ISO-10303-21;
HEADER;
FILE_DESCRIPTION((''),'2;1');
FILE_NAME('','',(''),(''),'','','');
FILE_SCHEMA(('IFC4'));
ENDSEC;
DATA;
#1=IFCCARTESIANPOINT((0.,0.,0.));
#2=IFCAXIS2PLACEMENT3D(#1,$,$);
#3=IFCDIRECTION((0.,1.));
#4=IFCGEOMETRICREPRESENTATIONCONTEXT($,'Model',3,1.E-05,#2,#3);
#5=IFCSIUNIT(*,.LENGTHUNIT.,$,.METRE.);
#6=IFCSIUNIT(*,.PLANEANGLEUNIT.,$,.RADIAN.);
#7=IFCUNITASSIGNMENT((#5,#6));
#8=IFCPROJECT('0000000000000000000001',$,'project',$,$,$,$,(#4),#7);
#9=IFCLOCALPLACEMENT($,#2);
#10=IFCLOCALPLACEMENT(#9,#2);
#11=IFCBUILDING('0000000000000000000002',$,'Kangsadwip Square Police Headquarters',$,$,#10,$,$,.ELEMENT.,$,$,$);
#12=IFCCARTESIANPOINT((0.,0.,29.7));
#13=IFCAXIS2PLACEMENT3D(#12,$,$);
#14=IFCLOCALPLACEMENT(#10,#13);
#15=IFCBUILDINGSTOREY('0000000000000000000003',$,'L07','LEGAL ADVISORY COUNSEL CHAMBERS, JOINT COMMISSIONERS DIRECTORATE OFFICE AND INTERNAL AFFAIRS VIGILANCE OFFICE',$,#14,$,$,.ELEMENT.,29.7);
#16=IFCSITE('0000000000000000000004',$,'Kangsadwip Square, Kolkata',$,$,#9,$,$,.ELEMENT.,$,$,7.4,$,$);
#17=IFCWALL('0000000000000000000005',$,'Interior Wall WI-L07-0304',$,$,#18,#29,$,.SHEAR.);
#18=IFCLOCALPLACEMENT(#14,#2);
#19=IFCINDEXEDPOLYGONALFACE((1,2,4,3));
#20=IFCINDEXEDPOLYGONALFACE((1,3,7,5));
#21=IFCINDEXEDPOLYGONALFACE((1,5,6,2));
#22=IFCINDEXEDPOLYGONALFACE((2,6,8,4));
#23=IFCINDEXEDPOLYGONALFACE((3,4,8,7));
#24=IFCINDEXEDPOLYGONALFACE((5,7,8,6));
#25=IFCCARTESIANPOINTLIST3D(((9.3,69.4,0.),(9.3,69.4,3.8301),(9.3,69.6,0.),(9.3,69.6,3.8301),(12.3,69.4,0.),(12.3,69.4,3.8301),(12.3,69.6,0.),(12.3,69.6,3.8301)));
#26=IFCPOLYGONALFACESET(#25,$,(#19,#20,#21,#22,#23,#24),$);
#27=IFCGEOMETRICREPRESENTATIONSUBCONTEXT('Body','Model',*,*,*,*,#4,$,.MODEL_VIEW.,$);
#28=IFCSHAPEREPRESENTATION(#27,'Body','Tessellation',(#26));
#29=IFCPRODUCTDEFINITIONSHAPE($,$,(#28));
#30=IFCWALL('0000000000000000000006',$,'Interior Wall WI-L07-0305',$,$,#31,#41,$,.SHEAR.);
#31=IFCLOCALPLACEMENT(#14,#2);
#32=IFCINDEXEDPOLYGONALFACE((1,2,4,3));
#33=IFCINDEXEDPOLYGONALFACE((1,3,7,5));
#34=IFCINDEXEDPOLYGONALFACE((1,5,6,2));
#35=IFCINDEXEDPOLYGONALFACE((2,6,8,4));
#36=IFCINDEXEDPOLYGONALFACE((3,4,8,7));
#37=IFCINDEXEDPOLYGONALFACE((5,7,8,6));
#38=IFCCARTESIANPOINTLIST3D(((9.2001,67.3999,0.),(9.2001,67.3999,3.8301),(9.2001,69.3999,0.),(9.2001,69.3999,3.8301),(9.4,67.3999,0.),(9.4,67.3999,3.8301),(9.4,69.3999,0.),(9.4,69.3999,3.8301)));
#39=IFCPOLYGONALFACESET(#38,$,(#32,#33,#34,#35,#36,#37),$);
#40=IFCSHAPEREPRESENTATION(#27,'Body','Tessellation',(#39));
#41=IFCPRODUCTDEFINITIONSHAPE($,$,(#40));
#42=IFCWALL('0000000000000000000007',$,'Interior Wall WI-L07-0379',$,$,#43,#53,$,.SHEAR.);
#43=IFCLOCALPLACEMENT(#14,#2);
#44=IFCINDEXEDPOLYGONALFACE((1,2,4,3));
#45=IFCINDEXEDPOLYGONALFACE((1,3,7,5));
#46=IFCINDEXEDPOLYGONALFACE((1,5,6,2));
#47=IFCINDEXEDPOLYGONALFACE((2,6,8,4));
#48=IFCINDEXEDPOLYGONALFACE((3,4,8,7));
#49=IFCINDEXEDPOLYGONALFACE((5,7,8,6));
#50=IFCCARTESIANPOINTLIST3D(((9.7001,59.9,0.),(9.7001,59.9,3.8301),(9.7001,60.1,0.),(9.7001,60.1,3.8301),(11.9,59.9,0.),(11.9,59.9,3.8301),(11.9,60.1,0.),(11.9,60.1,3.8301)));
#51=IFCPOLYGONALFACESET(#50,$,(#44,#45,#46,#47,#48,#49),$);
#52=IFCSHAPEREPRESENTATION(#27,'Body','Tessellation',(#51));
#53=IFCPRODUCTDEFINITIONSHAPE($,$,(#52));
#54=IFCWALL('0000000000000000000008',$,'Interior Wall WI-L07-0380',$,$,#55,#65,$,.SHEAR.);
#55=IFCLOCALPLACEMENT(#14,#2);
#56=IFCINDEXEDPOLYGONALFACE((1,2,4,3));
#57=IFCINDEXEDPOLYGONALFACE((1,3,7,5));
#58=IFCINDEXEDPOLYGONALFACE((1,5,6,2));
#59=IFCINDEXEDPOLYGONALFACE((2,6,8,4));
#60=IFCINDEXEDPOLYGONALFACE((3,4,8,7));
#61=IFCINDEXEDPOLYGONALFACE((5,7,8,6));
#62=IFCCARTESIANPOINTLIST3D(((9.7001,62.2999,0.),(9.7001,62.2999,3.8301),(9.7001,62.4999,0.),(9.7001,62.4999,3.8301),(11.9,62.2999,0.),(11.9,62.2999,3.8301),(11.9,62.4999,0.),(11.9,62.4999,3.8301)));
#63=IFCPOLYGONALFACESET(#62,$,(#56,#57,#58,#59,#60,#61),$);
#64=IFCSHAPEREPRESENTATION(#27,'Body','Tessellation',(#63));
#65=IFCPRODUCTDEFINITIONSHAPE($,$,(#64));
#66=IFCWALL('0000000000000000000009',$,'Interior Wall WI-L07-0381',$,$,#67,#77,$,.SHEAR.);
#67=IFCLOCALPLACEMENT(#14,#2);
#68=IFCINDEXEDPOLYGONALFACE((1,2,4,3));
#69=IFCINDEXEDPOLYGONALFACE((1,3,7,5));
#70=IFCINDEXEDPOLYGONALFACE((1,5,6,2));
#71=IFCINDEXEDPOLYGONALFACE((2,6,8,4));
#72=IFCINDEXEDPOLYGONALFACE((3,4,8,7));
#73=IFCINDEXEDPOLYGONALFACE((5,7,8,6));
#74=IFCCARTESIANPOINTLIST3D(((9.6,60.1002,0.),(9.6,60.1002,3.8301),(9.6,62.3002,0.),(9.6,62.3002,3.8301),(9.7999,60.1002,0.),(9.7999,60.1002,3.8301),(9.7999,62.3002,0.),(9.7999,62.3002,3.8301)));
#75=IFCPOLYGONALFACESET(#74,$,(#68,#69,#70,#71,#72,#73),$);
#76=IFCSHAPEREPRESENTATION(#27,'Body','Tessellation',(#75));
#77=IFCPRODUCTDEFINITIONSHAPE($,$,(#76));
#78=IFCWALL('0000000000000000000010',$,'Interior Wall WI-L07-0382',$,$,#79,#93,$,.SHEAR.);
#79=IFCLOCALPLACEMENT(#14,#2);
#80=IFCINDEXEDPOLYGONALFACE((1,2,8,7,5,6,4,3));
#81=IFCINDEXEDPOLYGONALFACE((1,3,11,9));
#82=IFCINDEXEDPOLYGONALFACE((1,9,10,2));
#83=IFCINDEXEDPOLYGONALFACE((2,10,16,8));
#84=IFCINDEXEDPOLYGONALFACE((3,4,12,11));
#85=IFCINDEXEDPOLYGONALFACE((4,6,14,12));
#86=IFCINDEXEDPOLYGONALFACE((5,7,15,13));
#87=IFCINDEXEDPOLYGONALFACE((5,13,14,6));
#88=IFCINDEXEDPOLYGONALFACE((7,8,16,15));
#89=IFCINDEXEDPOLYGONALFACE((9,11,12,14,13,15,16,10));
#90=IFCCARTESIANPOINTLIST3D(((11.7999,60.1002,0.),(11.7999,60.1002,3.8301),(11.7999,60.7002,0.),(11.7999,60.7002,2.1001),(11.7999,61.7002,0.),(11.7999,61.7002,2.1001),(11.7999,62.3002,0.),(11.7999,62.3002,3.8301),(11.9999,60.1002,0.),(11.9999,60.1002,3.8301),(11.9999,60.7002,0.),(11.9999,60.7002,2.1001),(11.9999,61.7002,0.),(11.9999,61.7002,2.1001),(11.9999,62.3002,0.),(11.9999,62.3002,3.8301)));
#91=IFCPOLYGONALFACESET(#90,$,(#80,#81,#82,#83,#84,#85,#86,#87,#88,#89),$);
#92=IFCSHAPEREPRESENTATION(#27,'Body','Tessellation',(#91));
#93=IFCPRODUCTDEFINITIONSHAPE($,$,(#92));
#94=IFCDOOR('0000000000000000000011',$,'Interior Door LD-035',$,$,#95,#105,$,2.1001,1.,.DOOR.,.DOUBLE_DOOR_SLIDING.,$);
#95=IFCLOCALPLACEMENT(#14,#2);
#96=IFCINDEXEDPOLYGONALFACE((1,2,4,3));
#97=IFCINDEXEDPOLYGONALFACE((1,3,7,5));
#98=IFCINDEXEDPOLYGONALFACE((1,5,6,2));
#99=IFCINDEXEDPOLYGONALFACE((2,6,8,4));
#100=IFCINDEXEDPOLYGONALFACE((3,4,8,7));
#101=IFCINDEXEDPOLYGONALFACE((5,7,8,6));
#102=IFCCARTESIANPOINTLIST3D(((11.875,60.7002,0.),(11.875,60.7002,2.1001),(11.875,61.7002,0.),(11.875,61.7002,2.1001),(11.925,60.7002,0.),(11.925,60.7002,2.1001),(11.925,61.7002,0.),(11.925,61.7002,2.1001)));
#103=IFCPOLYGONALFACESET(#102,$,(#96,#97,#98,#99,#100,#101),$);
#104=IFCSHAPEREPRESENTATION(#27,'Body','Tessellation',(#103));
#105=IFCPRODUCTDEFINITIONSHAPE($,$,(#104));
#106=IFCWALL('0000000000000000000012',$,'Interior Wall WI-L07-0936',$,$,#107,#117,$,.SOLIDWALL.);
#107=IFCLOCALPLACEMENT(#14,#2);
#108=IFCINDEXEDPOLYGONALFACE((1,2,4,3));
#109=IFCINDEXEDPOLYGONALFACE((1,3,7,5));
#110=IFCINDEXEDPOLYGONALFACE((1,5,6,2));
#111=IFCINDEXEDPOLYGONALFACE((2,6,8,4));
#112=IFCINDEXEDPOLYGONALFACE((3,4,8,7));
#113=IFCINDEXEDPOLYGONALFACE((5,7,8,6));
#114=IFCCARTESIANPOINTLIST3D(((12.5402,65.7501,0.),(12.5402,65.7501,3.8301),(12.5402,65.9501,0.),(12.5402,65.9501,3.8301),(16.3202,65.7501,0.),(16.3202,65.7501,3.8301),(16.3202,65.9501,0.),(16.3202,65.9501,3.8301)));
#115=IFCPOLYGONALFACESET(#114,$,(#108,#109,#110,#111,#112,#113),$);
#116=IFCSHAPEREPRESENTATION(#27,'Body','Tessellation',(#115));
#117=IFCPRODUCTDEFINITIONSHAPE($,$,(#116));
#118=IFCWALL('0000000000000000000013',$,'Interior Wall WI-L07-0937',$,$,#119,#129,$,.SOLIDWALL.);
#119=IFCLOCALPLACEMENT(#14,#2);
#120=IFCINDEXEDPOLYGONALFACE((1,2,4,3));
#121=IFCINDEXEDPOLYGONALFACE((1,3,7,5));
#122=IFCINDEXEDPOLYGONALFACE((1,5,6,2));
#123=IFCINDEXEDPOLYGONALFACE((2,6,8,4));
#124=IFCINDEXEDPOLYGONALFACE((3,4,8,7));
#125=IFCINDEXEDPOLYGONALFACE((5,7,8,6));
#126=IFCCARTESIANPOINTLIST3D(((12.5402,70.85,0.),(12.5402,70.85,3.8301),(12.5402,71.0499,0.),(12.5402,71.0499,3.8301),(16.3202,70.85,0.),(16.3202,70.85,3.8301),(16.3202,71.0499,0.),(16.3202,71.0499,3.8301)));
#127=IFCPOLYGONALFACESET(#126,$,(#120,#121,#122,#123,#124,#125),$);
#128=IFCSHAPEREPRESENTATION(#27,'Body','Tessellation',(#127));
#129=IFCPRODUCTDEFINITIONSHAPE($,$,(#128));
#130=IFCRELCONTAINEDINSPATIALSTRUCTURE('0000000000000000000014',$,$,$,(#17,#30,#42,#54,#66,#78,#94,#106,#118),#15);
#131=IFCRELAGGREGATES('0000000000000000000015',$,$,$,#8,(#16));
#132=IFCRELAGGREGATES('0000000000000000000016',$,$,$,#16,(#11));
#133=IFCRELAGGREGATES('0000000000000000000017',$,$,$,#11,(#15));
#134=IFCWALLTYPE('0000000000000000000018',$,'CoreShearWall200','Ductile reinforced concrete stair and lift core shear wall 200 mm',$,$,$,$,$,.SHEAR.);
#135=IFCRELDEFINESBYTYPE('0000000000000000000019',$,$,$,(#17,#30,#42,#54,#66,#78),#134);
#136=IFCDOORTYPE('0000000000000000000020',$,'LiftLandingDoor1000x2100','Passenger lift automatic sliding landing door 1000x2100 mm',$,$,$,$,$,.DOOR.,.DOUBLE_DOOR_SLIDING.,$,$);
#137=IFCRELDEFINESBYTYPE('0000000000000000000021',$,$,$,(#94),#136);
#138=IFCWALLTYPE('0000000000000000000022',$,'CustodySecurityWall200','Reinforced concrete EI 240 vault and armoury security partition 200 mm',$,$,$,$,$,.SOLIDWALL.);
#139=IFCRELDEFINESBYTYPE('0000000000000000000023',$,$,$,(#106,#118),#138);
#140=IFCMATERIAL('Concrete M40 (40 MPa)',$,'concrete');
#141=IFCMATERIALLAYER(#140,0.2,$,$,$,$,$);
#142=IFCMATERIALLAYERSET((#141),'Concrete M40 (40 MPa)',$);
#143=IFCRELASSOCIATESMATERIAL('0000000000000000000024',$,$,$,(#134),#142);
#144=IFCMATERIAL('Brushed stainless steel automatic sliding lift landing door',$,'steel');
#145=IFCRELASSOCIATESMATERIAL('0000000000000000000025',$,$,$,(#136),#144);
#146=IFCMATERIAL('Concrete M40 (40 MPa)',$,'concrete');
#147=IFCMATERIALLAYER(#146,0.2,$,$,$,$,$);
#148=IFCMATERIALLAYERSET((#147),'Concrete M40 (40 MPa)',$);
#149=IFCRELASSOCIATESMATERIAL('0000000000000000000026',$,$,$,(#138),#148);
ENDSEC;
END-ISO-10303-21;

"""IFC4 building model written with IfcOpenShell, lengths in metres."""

from ifc_helpers import new_model, si_unit, direction, frame, frame_2d, origin, place, context, subcontext, project, spatial, rectangle, extrude, material, layer, layer_set, type_object, element, fill, save


model = new_model("IFC4")

# Units and contexts
model_context = context("Model", 3, precision=1e-05, world=origin(), true_north=direction((0.0, 1.0)))
body_context = subcontext(model_context, "Body", "Model", "MODEL_VIEW")
ifc_project = project(units=[si_unit("LENGTHUNIT", "METRE"), si_unit("PLANEANGLEUNIT", "RADIAN")], contexts=[model_context])

# Site, building, storey
site_placement = place(None, origin())
site = spatial("IfcSite", under=ifc_project, at=site_placement, Name="Kangsadwip Square, Kolkata", CompositionType="ELEMENT", RefElevation=7.4)
building_placement = place(site_placement, origin())
building = spatial("IfcBuilding", under=site, at=building_placement, Name="Kangsadwip Square Police Headquarters", CompositionType="ELEMENT")
storey_placement = place(building_placement, frame((0.0, 0.0, 29.7)))
storey = spatial("IfcBuildingStorey", under=building, at=storey_placement, Name="L07", Description="LEGAL ADVISORY COUNSEL CHAMBERS, JOINT COMMISSIONERS DIRECTORATE OFFICE AND INTERNAL AFFAIRS VIGILANCE OFFICE", CompositionType="ELEMENT", Elevation=29.7)

# Shared definitions
ifc_material_1 = material(Name="Concrete M40 (40 MPa)", Category="concrete")
ifc_layer_1 = layer(ifc_material_1, 0.2)
ifc_layer_set_1 = layer_set([ifc_layer_1], Name="Concrete M40 (40 MPa)")
wall_type_1 = type_object("IfcWallType", Name="CoreShearWall200", Description="Ductile reinforced concrete stair and lift core shear wall 200 mm", PredefinedType="SHEAR", material=ifc_layer_set_1)

# Walls
for number, where, z_axis, x_axis, name in (
    (1, (9.3, 69.5, 0.0), (0.0, 0.0, 1.0), (1.0, 0.0, 0.0), "Interior Wall WI-L07-0304"),
):
    element("IfcWall", number, at=place(storey_placement, frame(where, z_axis=z_axis, x_axis=x_axis)), inside=storey, type_object=wall_type_1, Name=name, PredefinedType="SHEAR", context=body_context, shape_type="SweptSolid", body=[
        extrude(rectangle(XDim=3.0, YDim=0.2, at=frame_2d((1.5, 0.0))), origin(), (0.0, 0.0, 1.0), 3.8301),
    ])
wall_1_placement = place(storey_placement, frame((9.3, 67.3999, 0.0), z_axis=(0.0, 0.0, 1.0), x_axis=(0.0, 1.0, 0.0)))
element("IfcWall", 2, at=wall_1_placement, inside=storey, type_object=wall_type_1, Name="Interior Wall WI-L07-0305", PredefinedType="SHEAR", context=body_context, shape_type="SweptSolid", body=[
    extrude(rectangle(XDim=2.0, YDim=0.2, at=frame_2d((1.0, 0.0))), origin(), (0.0, 0.0, 1.0), 3.8301),
])

# Walls
for number, where, z_axis, x_axis, name in (
    (3, (9.7, 60.0, 0.0), (0.0, 0.0, 1.0), (1.0, 0.0, 0.0), "Interior Wall WI-L07-0379"),
    (4, (9.7, 62.3999, 0.0), (0.0, 0.0, 1.0), (1.0, 0.0, 0.0), "Interior Wall WI-L07-0380"),
    (5, (9.7, 60.1001, 0.0), (0.0, 0.0, 1.0), (0.0, 1.0, 0.0), "Interior Wall WI-L07-0381"),
):
    element("IfcWall", number, at=place(storey_placement, frame(where, z_axis=z_axis, x_axis=x_axis)), inside=storey, type_object=wall_type_1, Name=name, PredefinedType="SHEAR", context=body_context, shape_type="SweptSolid", body=[
        extrude(rectangle(XDim=2.2, YDim=0.2, at=frame_2d((1.1001, 0.0))), origin(), (0.0, 0.0, 1.0), 3.8301),
    ])

# Wall, opening, door
wall_2_placement = place(storey_placement, frame((11.8999, 60.1001, 0.0), z_axis=(0.0, 0.0, 1.0), x_axis=(0.0, 1.0, 0.0)))
wall_2 = element("IfcWall", 6, at=wall_2_placement, inside=storey, type_object=wall_type_1, Name="Interior Wall WI-L07-0382", PredefinedType="SHEAR", context=body_context, shape_type="SweptSolid", body=[
    extrude(rectangle(XDim=2.2, YDim=0.2, at=frame_2d((1.1001, 0.0))), origin(), (0.0, 0.0, 1.0), 3.8301),
])
opening_1_placement = place(wall_2_placement, frame((0.6001, 0.0, 0.0)))
opening_1 = element("IfcOpeningElement", 7, at=opening_1_placement, cuts=wall_2, PredefinedType="OPENING", context=body_context, shape_type="SweptSolid", body=[
    extrude(rectangle(XDim=1.0, YDim=2.1001, at=frame_2d((0.5, 1.05))), frame((0.0, 0.1099, 0.0), z_axis=(0.0, -1.0, 0.0), x_axis=(1.0, 0.0, 0.0)), (0.0, 0.0, 1.0), 0.22),
])
ifc_material_2 = material(Name="Brushed stainless steel automatic sliding lift landing door", Category="steel")
door_type_1 = type_object("IfcDoorType", Name="LiftLandingDoor1000x2100", Description="Passenger lift automatic sliding landing door 1000x2100 mm", OperationType="DOUBLE_DOOR_SLIDING", PredefinedType="DOOR", material=ifc_material_2)
door_1_placement = place(opening_1_placement, origin())
door_1 = element("IfcDoor", 8, at=door_1_placement, inside=storey, type_object=door_type_1, Name="Interior Door LD-035", OperationType="DOUBLE_DOOR_SLIDING", OverallHeight=2.1001, OverallWidth=1.0, PredefinedType="DOOR", context=body_context, shape_type="SweptSolid", body=[
    extrude(rectangle(XDim=1.0, YDim=2.1001, at=frame_2d((0.5, 1.05))), frame((0.0, 0.0249, 0.0), z_axis=(0.0, -1.0, 0.0), x_axis=(1.0, 0.0, 0.0)), (0.0, 0.0, 1.0), 0.05),
])
fill(opening_1, door_1)

# Walls
ifc_material_3 = material(Name="Concrete M40 (40 MPa)", Category="concrete")
ifc_layer_2 = layer(ifc_material_3, 0.2)
ifc_layer_set_2 = layer_set([ifc_layer_2], Name="Concrete M40 (40 MPa)")
wall_type_2 = type_object("IfcWallType", Name="CustodySecurityWall200", Description="Reinforced concrete EI 240 vault and armoury security partition 200 mm", PredefinedType="SOLIDWALL", material=ifc_layer_set_2)
for number, where, z_axis, x_axis, name in (
    (9, (12.54, 65.8501, 0.0), (0.0, 0.0, 1.0), (1.0, 0.0, 0.0), "Interior Wall WI-L07-0936"),
    (10, (12.54, 70.95, 0.0), (0.0, 0.0, 1.0), (1.0, 0.0, 0.0), "Interior Wall WI-L07-0937"),
):
    element("IfcWall", number, at=place(storey_placement, frame(where, z_axis=z_axis, x_axis=x_axis)), inside=storey, type_object=wall_type_2, Name=name, PredefinedType="SOLIDWALL", context=body_context, shape_type="SweptSolid", body=[
        extrude(rectangle(XDim=3.78, YDim=0.2, at=frame_2d((1.8901, 0.0))), origin(), (0.0, 0.0, 1.0), 3.8301),
    ])

save(model, "model.ifc")
